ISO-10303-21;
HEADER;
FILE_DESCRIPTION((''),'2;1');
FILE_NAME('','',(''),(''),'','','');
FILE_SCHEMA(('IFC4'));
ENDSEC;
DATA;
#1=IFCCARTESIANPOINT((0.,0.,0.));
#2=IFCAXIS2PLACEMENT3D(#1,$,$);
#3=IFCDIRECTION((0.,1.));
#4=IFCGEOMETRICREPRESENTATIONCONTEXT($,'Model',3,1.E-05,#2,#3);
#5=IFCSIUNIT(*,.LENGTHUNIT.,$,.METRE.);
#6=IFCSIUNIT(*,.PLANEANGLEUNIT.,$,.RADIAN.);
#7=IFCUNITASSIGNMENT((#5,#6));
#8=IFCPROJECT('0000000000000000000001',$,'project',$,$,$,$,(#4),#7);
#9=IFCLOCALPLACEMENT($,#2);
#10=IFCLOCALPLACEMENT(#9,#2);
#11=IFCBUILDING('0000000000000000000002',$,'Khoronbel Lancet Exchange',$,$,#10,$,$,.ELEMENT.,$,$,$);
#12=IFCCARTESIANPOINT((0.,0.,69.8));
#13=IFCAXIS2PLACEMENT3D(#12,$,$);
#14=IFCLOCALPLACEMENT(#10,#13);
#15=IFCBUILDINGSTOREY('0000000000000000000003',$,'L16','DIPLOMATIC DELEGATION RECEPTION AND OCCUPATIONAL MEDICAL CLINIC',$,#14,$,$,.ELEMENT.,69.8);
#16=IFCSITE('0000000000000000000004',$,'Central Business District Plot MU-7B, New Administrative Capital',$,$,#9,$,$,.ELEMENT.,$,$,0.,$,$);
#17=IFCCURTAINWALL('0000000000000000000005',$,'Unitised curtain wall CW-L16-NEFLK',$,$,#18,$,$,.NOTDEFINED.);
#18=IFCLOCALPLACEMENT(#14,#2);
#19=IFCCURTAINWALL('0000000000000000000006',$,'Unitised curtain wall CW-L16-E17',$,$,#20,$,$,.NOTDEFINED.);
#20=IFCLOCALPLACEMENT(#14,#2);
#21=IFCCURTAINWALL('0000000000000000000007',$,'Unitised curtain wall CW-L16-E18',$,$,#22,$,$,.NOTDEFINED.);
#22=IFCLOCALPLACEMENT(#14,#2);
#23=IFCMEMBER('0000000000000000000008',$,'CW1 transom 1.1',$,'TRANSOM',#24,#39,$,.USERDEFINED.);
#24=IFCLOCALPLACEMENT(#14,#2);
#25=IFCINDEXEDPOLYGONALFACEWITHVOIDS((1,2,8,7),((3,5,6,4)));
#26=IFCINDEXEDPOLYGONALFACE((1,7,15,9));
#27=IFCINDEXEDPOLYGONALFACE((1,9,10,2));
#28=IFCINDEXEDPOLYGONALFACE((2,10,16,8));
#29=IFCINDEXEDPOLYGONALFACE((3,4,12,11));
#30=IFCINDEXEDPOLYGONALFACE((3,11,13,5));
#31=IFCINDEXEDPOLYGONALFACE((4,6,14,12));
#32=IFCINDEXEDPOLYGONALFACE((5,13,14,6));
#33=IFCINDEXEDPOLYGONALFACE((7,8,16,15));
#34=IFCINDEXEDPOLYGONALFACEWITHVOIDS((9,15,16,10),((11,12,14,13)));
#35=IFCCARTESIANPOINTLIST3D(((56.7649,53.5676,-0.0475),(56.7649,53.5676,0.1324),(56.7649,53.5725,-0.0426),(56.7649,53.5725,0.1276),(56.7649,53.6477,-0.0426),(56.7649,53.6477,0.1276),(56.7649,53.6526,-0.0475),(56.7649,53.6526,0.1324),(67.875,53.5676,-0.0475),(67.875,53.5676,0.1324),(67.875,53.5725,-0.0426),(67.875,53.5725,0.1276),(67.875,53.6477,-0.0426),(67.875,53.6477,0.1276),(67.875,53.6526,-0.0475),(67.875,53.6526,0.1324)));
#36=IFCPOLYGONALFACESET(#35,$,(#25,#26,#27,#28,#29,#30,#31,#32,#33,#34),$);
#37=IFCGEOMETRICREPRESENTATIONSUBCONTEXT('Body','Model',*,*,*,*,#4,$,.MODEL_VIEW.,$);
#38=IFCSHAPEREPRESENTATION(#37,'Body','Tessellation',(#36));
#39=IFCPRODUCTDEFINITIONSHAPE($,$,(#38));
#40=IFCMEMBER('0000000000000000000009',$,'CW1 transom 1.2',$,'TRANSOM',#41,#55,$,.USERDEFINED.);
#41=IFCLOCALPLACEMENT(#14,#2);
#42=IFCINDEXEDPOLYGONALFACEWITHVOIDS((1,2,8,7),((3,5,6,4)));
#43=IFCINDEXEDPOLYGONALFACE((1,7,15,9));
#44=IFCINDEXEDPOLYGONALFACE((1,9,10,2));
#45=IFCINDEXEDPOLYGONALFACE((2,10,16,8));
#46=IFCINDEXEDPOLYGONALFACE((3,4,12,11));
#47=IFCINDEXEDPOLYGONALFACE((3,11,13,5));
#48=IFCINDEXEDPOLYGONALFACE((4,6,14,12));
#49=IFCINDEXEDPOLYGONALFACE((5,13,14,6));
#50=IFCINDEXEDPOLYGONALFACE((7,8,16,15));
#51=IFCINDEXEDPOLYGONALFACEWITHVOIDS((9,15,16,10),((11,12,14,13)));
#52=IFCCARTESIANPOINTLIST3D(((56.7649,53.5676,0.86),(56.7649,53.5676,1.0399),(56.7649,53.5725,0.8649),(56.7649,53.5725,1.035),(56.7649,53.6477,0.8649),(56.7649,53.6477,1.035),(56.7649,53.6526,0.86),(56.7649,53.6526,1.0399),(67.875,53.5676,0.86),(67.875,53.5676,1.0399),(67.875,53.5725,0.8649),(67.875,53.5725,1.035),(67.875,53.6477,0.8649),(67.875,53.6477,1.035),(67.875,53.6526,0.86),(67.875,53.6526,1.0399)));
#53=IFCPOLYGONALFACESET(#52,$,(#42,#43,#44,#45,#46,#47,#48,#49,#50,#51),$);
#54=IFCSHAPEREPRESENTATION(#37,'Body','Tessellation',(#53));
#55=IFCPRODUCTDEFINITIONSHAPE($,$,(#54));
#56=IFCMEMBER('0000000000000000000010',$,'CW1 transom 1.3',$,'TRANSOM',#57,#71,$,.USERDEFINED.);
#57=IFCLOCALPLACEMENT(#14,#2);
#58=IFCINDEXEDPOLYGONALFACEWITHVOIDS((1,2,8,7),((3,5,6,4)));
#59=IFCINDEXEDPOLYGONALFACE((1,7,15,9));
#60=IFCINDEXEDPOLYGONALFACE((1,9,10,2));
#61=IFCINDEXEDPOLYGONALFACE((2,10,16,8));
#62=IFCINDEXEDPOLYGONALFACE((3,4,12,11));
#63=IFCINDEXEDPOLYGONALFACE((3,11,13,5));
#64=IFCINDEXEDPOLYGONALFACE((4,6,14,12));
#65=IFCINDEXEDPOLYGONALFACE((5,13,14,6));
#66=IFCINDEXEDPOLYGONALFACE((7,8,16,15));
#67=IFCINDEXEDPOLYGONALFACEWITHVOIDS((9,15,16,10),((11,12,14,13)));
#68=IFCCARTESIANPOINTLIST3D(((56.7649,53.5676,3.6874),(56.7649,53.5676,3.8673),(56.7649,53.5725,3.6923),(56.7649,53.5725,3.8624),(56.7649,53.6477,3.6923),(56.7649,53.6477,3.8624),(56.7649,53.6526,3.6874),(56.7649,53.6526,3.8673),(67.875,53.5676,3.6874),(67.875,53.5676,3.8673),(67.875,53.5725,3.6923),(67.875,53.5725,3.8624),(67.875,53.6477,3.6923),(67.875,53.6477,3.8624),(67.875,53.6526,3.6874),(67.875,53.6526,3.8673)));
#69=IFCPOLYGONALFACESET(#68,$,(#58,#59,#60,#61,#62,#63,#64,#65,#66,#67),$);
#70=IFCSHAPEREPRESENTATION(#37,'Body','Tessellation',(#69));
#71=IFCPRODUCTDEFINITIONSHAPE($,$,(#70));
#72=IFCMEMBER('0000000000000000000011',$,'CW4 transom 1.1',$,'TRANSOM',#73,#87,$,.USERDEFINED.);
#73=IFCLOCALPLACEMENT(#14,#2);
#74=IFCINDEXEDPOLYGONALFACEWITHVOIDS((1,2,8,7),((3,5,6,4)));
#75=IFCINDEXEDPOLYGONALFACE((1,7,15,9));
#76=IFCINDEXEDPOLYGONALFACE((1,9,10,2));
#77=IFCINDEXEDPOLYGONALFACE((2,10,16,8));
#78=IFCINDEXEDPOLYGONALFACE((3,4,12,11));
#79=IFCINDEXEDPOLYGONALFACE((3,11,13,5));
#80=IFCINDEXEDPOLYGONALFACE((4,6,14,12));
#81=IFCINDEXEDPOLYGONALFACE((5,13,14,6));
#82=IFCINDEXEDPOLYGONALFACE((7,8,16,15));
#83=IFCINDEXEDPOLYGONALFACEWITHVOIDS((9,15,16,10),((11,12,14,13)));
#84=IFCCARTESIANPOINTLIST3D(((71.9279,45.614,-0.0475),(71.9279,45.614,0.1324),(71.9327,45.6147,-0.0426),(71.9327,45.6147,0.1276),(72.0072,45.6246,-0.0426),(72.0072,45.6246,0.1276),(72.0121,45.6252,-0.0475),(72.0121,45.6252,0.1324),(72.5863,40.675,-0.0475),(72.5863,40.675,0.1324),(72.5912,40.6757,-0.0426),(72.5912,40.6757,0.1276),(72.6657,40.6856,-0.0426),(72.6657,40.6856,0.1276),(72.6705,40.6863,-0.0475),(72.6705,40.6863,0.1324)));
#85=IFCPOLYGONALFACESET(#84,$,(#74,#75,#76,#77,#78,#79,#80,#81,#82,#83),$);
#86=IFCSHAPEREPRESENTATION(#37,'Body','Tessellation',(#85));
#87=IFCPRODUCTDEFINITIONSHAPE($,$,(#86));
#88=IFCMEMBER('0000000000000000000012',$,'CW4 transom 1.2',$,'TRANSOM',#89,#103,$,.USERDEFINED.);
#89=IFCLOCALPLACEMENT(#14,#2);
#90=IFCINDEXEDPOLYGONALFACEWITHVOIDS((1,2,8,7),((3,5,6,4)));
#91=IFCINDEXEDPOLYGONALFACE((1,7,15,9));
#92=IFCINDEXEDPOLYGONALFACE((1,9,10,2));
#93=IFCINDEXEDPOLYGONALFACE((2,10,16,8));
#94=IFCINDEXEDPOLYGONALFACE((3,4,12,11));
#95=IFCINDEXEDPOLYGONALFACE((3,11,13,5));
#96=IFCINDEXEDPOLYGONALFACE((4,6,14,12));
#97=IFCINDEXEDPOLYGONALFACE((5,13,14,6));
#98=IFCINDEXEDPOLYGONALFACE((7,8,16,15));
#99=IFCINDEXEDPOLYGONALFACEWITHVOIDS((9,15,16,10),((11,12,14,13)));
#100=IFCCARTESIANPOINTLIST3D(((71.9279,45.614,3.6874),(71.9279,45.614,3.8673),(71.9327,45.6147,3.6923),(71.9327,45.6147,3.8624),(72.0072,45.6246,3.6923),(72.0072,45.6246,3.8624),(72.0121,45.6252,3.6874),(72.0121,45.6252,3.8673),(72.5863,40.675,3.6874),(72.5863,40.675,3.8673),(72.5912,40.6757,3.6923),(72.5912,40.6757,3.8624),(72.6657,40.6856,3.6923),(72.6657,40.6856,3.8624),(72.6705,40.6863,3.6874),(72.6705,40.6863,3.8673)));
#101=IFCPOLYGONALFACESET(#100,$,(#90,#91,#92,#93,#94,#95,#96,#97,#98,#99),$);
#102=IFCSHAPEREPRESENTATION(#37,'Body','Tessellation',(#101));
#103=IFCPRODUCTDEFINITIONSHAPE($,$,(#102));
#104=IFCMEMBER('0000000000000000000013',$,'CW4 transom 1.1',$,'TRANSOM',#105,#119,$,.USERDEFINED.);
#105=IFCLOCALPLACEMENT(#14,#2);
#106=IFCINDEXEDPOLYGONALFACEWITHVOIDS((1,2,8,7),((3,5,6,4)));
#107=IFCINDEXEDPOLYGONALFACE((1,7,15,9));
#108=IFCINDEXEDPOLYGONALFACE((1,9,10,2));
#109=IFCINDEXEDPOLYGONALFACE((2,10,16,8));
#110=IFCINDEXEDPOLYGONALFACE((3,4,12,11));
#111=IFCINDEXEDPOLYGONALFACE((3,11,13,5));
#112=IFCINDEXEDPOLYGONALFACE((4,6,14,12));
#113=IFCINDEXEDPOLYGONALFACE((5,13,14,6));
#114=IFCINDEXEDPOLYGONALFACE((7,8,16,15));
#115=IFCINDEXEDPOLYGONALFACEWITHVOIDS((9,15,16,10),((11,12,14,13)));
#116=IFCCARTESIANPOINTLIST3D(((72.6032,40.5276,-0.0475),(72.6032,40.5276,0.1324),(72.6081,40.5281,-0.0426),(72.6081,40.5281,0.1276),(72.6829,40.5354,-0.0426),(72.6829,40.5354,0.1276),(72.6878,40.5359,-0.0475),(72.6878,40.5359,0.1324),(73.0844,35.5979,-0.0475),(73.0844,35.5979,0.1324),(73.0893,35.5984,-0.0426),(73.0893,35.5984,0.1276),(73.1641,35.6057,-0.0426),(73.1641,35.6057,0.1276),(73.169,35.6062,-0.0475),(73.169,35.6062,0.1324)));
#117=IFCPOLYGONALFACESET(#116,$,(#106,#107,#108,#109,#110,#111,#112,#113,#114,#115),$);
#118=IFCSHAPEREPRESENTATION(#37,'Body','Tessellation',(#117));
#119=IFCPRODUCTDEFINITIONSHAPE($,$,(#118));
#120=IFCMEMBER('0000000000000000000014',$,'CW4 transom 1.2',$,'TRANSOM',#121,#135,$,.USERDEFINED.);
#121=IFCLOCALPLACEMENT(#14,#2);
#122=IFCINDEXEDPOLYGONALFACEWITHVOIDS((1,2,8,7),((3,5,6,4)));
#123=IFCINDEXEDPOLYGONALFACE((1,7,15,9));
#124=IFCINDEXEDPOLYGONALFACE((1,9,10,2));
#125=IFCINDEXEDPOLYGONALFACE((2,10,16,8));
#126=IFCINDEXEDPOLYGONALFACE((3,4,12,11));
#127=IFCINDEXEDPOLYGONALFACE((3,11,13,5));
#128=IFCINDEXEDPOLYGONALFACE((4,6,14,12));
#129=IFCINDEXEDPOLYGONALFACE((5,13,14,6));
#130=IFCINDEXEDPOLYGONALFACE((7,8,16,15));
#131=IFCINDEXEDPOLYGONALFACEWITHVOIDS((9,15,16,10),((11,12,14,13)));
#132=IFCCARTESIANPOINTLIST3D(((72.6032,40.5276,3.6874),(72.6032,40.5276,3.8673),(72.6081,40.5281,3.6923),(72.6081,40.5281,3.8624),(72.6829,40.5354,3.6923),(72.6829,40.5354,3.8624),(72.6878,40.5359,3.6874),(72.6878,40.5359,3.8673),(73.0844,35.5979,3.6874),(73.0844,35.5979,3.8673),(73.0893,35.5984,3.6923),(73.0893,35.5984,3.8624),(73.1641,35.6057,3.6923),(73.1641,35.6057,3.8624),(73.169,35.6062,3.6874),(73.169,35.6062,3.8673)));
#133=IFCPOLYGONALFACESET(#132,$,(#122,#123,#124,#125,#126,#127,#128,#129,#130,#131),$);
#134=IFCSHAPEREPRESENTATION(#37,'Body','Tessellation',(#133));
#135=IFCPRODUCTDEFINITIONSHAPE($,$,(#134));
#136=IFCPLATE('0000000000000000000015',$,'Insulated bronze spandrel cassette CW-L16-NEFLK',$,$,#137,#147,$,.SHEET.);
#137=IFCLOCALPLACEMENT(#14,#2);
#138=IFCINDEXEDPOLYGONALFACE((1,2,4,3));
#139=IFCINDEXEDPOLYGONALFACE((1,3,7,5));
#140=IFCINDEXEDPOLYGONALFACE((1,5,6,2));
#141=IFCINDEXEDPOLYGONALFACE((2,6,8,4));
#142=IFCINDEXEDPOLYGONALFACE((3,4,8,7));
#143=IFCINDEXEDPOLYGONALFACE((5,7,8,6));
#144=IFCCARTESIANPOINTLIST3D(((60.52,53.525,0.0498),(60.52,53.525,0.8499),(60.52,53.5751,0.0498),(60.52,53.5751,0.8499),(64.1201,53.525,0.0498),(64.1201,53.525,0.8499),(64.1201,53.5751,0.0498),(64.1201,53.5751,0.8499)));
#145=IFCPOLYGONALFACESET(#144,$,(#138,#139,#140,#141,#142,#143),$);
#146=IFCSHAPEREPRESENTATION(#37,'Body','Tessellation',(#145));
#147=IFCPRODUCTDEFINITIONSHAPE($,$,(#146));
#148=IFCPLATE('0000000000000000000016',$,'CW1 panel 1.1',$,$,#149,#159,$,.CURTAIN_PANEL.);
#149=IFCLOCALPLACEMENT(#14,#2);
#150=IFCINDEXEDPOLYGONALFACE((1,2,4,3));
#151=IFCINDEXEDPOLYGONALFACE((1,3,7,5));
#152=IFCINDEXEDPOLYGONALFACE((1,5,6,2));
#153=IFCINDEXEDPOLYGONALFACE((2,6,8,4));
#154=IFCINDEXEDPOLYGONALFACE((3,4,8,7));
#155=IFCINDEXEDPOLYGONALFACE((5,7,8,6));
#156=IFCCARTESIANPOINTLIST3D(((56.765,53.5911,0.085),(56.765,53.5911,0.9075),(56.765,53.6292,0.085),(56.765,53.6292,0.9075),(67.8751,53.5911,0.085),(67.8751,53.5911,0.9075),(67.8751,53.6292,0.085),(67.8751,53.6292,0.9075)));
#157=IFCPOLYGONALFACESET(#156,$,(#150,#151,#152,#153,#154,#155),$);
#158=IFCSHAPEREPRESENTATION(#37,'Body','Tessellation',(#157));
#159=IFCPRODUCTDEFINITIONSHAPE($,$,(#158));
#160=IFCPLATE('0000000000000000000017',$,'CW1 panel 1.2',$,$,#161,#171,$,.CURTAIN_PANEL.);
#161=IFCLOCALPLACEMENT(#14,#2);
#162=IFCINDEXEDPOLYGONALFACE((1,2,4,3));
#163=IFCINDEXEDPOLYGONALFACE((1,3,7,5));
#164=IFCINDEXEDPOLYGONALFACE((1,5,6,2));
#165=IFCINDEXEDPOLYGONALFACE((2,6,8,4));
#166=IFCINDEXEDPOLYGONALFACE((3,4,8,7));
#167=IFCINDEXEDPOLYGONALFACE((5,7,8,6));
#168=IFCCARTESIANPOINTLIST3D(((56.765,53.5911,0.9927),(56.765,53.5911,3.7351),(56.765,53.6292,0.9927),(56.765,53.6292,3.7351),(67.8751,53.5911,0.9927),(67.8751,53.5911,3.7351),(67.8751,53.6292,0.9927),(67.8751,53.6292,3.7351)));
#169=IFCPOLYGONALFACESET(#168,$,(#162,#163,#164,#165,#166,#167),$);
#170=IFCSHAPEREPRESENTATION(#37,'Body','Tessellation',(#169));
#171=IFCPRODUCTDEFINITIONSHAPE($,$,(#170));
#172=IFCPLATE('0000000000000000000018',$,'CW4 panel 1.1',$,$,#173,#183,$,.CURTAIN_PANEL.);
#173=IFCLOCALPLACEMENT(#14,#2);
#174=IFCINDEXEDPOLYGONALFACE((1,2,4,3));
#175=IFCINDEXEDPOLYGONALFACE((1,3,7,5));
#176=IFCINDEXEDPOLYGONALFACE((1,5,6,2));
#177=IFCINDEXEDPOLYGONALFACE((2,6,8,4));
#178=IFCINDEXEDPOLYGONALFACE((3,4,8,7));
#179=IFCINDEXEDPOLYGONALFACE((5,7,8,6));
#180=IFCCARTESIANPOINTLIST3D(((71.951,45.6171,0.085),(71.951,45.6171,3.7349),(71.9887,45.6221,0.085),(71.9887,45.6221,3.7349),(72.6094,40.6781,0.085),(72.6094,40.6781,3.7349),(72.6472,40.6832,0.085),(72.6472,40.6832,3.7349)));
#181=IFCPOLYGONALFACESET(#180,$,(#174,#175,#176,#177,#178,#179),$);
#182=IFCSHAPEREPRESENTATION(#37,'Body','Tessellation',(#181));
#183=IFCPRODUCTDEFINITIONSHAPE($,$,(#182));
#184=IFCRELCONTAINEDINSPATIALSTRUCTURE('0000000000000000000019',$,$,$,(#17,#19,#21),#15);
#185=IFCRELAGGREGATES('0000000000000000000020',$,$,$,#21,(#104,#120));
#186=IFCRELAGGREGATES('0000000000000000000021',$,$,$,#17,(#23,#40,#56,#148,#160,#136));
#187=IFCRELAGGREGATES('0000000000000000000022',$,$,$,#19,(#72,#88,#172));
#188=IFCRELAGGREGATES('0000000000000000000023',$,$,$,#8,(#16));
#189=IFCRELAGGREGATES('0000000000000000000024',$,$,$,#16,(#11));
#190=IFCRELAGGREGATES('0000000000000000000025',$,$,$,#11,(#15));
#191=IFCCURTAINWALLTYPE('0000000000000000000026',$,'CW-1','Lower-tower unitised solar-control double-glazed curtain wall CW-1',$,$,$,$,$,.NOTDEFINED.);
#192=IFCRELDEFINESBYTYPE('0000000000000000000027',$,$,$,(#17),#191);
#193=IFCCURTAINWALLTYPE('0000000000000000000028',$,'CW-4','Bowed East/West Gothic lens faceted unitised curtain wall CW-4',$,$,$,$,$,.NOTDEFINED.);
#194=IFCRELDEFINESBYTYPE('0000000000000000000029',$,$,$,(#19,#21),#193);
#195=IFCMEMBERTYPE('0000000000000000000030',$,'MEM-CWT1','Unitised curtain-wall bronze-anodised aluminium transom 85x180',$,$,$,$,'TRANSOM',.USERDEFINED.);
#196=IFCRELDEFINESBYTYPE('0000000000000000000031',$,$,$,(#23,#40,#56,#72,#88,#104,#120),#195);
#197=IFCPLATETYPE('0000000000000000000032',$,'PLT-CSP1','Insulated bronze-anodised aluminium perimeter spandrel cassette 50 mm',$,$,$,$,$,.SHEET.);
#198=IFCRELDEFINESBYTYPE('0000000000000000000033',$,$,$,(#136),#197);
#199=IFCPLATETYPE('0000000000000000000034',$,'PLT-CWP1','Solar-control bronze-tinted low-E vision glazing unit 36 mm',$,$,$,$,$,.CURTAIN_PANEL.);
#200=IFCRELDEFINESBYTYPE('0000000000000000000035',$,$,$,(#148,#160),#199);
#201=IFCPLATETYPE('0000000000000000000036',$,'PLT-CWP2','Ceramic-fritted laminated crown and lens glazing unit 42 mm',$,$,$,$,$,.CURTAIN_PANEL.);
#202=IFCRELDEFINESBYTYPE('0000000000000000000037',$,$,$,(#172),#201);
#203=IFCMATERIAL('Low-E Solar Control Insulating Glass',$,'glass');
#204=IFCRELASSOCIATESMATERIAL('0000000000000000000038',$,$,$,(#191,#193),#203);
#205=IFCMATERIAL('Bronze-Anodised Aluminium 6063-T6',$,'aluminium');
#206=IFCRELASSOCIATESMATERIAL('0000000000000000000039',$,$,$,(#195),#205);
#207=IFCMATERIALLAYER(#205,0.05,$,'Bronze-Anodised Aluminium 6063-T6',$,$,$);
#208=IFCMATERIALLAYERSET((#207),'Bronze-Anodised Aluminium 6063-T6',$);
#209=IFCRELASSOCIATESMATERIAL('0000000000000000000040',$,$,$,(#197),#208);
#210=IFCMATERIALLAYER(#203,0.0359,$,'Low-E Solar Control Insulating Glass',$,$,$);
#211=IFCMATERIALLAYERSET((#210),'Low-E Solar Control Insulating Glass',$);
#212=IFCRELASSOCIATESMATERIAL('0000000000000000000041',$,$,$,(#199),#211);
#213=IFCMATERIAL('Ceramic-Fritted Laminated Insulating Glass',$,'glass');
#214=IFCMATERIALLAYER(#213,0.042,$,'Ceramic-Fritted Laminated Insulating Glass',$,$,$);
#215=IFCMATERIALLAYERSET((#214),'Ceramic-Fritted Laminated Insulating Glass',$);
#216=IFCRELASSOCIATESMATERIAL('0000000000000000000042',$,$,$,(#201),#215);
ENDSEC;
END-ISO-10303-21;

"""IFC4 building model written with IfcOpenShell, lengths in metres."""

from ifc_helpers import new_model, si_unit, direction, frame, origin, origin_2d, place, context, subcontext, project, spatial, rectangle, hollow_rectangle, extrude, material, layer, layer_set, material_profile, profile_set, type_object, element, aggregate, save


model = new_model("IFC4")

# Units and contexts
model_context = context("Model", 3, precision=1e-05, world=origin(), true_north=direction((0.0, 1.0)))
body_context = subcontext(model_context, "Body", "Model", "MODEL_VIEW")
ifc_project = project(units=[si_unit("LENGTHUNIT", "METRE"), si_unit("PLANEANGLEUNIT", "RADIAN")], contexts=[model_context])

# Site, building, storey
site_placement = place(None, origin())
site = spatial("IfcSite", under=ifc_project, at=site_placement, Name="Central Business District Plot MU-7B, New Administrative Capital", CompositionType="ELEMENT", RefElevation=0.0)
building_placement = place(site_placement, origin())
building = spatial("IfcBuilding", under=site, at=building_placement, Name="Khoronbel Lancet Exchange", CompositionType="ELEMENT")
storey_placement = place(building_placement, frame((0.0, 0.0, 69.8)))
storey = spatial("IfcBuildingStorey", under=building, at=storey_placement, Name="L16", Description="DIPLOMATIC DELEGATION RECEPTION AND OCCUPATIONAL MEDICAL CLINIC", CompositionType="ELEMENT", Elevation=69.8)

# Curtain walls
ifc_material_1 = material(Name="Low-E Solar Control Insulating Glass", Category="glass")
curtain_wall_type_1 = type_object("IfcCurtainWallType", Name="CW-1", Description="Lower-tower unitised solar-control double-glazed curtain wall CW-1", PredefinedType="NOTDEFINED", material=ifc_material_1)
curtain_wall_1_placement = place(storey_placement, origin())
curtain_wall_1 = element("IfcCurtainWall", 1, at=curtain_wall_1_placement, inside=storey, type_object=curtain_wall_type_1, Name="Unitised curtain wall CW-L16-NEFLK", PredefinedType="NOTDEFINED")
ifc_material_2 = material(Name="Bronze-Anodised Aluminium 6063-T6", Category="aluminium")
curtain_wall_type_2 = type_object("IfcCurtainWallType", Name="CW-4", Description="Bowed East/West Gothic lens faceted unitised curtain wall CW-4", PredefinedType="NOTDEFINED", material=ifc_material_1)
curtain_wall_2_placement = place(storey_placement, origin())
curtain_wall_2 = element("IfcCurtainWall", 2, at=curtain_wall_2_placement, inside=storey, type_object=curtain_wall_type_2, Name="Unitised curtain wall CW-L16-E17", PredefinedType="NOTDEFINED")

# Curtain wall
curtain_wall_3_placement = place(storey_placement, origin())
curtain_wall_3 = element("IfcCurtainWall", 3, at=curtain_wall_3_placement, inside=storey, type_object=curtain_wall_type_2, Name="Unitised curtain wall CW-L16-E18", PredefinedType="NOTDEFINED")

# Members
ifc_material_profile_1 = material_profile(ifc_material_2, hollow_rectangle(XDim=0.085, YDim=0.1799, WallThickness=0.0049, at=origin_2d()), Name="ALU TRANSOM 85x180")
ifc_profile_set_1 = profile_set([ifc_material_profile_1], Name="Bronze-Anodised Aluminium 6063-T6")
member_type_1 = type_object("IfcMemberType", Name="MEM-CWT1", Description="Unitised curtain-wall bronze-anodised aluminium transom 85x180", ElementType="TRANSOM", PredefinedType="USERDEFINED", material=ifc_profile_set_1)
member_1_placement = place(storey_placement, frame((67.875, 53.6101, 0.0425), z_axis=(-1.0, 0.0, 0.0), x_axis=(0.0, -1.0, 0.0)))
member_1 = element("IfcMember", 4, at=member_1_placement, type_object=member_type_1, Name="CW1 transom 1.1", ObjectType="TRANSOM", PredefinedType="USERDEFINED", context=body_context, shape_type="SweptSolid", body=[
    extrude(hollow_rectangle(XDim=0.085, YDim=0.1799, WallThickness=0.0049, at=origin_2d()), origin(), (0.0, 0.0, 1.0), 11.1101),
])
member_2_placement = place(storey_placement, frame((67.875, 53.6101, 0.95), z_axis=(-1.0, 0.0, 0.0), x_axis=(0.0, -1.0, 0.0)))
member_2 = element("IfcMember", 5, at=member_2_placement, type_object=member_type_1, Name="CW1 transom 1.2", ObjectType="TRANSOM", PredefinedType="USERDEFINED", context=body_context, shape_type="SweptSolid", body=[
    extrude(hollow_rectangle(XDim=0.085, YDim=0.1799, WallThickness=0.0049, at=origin_2d()), origin(), (0.0, 0.0, 1.0), 11.1101),
])
member_3_placement = place(storey_placement, frame((67.875, 53.6101, 3.7773), z_axis=(-1.0, 0.0, 0.0), x_axis=(0.0, -1.0, 0.0)))
member_3 = element("IfcMember", 6, at=member_3_placement, type_object=member_type_1, Name="CW1 transom 1.3", ObjectType="TRANSOM", PredefinedType="USERDEFINED", context=body_context, shape_type="SweptSolid", body=[
    extrude(hollow_rectangle(XDim=0.085, YDim=0.1799, WallThickness=0.0049, at=origin_2d()), origin(), (0.0, 0.0, 1.0), 11.1101),
])
member_4_placement = place(storey_placement, frame((71.97, 45.6196, 0.0425), z_axis=(0.132148, -0.99123, 0.0), x_axis=(0.99123, 0.132148, 0.0)))
member_4 = element("IfcMember", 7, at=member_4_placement, type_object=member_type_1, Name="CW4 transom 1.1", ObjectType="TRANSOM", PredefinedType="USERDEFINED", context=body_context, shape_type="SweptSolid", body=[
    extrude(hollow_rectangle(XDim=0.085, YDim=0.1799, WallThickness=0.0049, at=origin_2d()), origin(), (0.0, 0.0, 1.0), 4.9827),
])
member_5_placement = place(storey_placement, frame((71.97, 45.6196, 3.7773), z_axis=(0.132148, -0.99123, 0.0), x_axis=(0.99123, 0.132148, 0.0)))
member_5 = element("IfcMember", 8, at=member_5_placement, type_object=member_type_1, Name="CW4 transom 1.2", ObjectType="TRANSOM", PredefinedType="USERDEFINED", context=body_context, shape_type="SweptSolid", body=[
    extrude(hollow_rectangle(XDim=0.085, YDim=0.1799, WallThickness=0.0049, at=origin_2d()), origin(), (0.0, 0.0, 1.0), 4.9827),
])
member_6_placement = place(storey_placement, frame((72.6455, 40.5317, 0.0425), z_axis=(0.097151, -0.99527, 0.0), x_axis=(0.99527, 0.097151, 0.0)))
member_6 = element("IfcMember", 9, at=member_6_placement, type_object=member_type_1, Name="CW4 transom 1.1", ObjectType="TRANSOM", PredefinedType="USERDEFINED", context=body_context, shape_type="SweptSolid", body=[
    extrude(hollow_rectangle(XDim=0.085, YDim=0.1799, WallThickness=0.0049, at=origin_2d()), origin(), (0.0, 0.0, 1.0), 4.9531),
])
member_7_placement = place(storey_placement, frame((72.6455, 40.5317, 3.7773), z_axis=(0.097151, -0.99527, 0.0), x_axis=(0.99527, 0.097151, 0.0)))
member_7 = element("IfcMember", 10, at=member_7_placement, type_object=member_type_1, Name="CW4 transom 1.2", ObjectType="TRANSOM", PredefinedType="USERDEFINED", context=body_context, shape_type="SweptSolid", body=[
    extrude(hollow_rectangle(XDim=0.085, YDim=0.1799, WallThickness=0.0049, at=origin_2d()), origin(), (0.0, 0.0, 1.0), 4.9531),
])
aggregate(curtain_wall_3, [member_6, member_7])

# Plates
ifc_layer_1 = layer(ifc_material_2, 0.05, Name="Bronze-Anodised Aluminium 6063-T6")
ifc_layer_set_1 = layer_set([ifc_layer_1], Name="Bronze-Anodised Aluminium 6063-T6")
plate_type_1 = type_object("IfcPlateType", Name="PLT-CSP1", Description="Insulated bronze-anodised aluminium perimeter spandrel cassette 50 mm", PredefinedType="SHEET", material=ifc_layer_set_1)
plate_1_placement = place(storey_placement, frame((62.3201, 53.55, 0.0498), z_axis=(0.0, 0.0, 1.0), x_axis=(-1.0, 0.0, 0.0)))
plate_1 = element("IfcPlate", 11, at=plate_1_placement, type_object=plate_type_1, Name="Insulated bronze spandrel cassette CW-L16-NEFLK", PredefinedType="SHEET", context=body_context, shape_type="SweptSolid", body=[
    extrude(rectangle(XDim=3.6001, YDim=0.05, at=origin_2d()), origin(), (0.0, 0.0, 1.0), 0.8),
])
ifc_layer_2 = layer(ifc_material_1, 0.0359, Name="Low-E Solar Control Insulating Glass")
ifc_layer_set_2 = layer_set([ifc_layer_2], Name="Low-E Solar Control Insulating Glass")
plate_type_2 = type_object("IfcPlateType", Name="PLT-CWP1", Description="Solar-control bronze-tinted low-E vision glazing unit 36 mm", PredefinedType="CURTAIN_PANEL", material=ifc_layer_set_2)
plate_2_placement = place(storey_placement, frame((62.3201, 53.6101, 0.085), z_axis=(0.0, 0.0, 1.0), x_axis=(-1.0, 0.0, 0.0)))
plate_2 = element("IfcPlate", 12, at=plate_2_placement, type_object=plate_type_2, Name="CW1 panel 1.1", PredefinedType="CURTAIN_PANEL", context=body_context, shape_type="SweptSolid", body=[
    extrude(rectangle(XDim=11.1101, YDim=0.0381, at=origin_2d()), origin(), (0.0, 0.0, 1.0), 0.8225),
])
plate_3_placement = place(storey_placement, frame((62.3201, 53.6101, 0.9927), z_axis=(0.0, 0.0, 1.0), x_axis=(-1.0, 0.0, 0.0)))
plate_3 = element("IfcPlate", 13, at=plate_3_placement, type_object=plate_type_2, Name="CW1 panel 1.2", PredefinedType="CURTAIN_PANEL", context=body_context, shape_type="SweptSolid", body=[
    extrude(rectangle(XDim=11.1101, YDim=0.0381, at=origin_2d()), origin(), (0.0, 0.0, 1.0), 2.7424),
])
aggregate(curtain_wall_1, [member_1, member_2, member_3, plate_2, plate_3, plate_1])
ifc_material_3 = material(Name="Ceramic-Fritted Laminated Insulating Glass", Category="glass")
ifc_layer_3 = layer(ifc_material_3, 0.042, Name="Ceramic-Fritted Laminated Insulating Glass")
ifc_layer_set_3 = layer_set([ifc_layer_3], Name="Ceramic-Fritted Laminated Insulating Glass")
plate_type_3 = type_object("IfcPlateType", Name="PLT-CWP2", Description="Ceramic-fritted laminated crown and lens glazing unit 42 mm", PredefinedType="CURTAIN_PANEL", material=ifc_layer_set_3)
plate_4_placement = place(storey_placement, frame((72.2991, 43.1501, 0.085), z_axis=(0.0, 0.0, 1.0), x_axis=(0.132155, -0.991229, 0.0)))
plate_4 = element("IfcPlate", 14, at=plate_4_placement, type_object=plate_type_3, Name="CW4 panel 1.1", PredefinedType="CURTAIN_PANEL", context=body_context, shape_type="SweptSolid", body=[
    extrude(rectangle(XDim=4.9827, YDim=0.0381, at=origin_2d()), origin(), (0.0, 0.0, 1.0), 3.6499),
])
aggregate(curtain_wall_2, [member_4, member_5, plate_4])

save(model, "model.ifc")
